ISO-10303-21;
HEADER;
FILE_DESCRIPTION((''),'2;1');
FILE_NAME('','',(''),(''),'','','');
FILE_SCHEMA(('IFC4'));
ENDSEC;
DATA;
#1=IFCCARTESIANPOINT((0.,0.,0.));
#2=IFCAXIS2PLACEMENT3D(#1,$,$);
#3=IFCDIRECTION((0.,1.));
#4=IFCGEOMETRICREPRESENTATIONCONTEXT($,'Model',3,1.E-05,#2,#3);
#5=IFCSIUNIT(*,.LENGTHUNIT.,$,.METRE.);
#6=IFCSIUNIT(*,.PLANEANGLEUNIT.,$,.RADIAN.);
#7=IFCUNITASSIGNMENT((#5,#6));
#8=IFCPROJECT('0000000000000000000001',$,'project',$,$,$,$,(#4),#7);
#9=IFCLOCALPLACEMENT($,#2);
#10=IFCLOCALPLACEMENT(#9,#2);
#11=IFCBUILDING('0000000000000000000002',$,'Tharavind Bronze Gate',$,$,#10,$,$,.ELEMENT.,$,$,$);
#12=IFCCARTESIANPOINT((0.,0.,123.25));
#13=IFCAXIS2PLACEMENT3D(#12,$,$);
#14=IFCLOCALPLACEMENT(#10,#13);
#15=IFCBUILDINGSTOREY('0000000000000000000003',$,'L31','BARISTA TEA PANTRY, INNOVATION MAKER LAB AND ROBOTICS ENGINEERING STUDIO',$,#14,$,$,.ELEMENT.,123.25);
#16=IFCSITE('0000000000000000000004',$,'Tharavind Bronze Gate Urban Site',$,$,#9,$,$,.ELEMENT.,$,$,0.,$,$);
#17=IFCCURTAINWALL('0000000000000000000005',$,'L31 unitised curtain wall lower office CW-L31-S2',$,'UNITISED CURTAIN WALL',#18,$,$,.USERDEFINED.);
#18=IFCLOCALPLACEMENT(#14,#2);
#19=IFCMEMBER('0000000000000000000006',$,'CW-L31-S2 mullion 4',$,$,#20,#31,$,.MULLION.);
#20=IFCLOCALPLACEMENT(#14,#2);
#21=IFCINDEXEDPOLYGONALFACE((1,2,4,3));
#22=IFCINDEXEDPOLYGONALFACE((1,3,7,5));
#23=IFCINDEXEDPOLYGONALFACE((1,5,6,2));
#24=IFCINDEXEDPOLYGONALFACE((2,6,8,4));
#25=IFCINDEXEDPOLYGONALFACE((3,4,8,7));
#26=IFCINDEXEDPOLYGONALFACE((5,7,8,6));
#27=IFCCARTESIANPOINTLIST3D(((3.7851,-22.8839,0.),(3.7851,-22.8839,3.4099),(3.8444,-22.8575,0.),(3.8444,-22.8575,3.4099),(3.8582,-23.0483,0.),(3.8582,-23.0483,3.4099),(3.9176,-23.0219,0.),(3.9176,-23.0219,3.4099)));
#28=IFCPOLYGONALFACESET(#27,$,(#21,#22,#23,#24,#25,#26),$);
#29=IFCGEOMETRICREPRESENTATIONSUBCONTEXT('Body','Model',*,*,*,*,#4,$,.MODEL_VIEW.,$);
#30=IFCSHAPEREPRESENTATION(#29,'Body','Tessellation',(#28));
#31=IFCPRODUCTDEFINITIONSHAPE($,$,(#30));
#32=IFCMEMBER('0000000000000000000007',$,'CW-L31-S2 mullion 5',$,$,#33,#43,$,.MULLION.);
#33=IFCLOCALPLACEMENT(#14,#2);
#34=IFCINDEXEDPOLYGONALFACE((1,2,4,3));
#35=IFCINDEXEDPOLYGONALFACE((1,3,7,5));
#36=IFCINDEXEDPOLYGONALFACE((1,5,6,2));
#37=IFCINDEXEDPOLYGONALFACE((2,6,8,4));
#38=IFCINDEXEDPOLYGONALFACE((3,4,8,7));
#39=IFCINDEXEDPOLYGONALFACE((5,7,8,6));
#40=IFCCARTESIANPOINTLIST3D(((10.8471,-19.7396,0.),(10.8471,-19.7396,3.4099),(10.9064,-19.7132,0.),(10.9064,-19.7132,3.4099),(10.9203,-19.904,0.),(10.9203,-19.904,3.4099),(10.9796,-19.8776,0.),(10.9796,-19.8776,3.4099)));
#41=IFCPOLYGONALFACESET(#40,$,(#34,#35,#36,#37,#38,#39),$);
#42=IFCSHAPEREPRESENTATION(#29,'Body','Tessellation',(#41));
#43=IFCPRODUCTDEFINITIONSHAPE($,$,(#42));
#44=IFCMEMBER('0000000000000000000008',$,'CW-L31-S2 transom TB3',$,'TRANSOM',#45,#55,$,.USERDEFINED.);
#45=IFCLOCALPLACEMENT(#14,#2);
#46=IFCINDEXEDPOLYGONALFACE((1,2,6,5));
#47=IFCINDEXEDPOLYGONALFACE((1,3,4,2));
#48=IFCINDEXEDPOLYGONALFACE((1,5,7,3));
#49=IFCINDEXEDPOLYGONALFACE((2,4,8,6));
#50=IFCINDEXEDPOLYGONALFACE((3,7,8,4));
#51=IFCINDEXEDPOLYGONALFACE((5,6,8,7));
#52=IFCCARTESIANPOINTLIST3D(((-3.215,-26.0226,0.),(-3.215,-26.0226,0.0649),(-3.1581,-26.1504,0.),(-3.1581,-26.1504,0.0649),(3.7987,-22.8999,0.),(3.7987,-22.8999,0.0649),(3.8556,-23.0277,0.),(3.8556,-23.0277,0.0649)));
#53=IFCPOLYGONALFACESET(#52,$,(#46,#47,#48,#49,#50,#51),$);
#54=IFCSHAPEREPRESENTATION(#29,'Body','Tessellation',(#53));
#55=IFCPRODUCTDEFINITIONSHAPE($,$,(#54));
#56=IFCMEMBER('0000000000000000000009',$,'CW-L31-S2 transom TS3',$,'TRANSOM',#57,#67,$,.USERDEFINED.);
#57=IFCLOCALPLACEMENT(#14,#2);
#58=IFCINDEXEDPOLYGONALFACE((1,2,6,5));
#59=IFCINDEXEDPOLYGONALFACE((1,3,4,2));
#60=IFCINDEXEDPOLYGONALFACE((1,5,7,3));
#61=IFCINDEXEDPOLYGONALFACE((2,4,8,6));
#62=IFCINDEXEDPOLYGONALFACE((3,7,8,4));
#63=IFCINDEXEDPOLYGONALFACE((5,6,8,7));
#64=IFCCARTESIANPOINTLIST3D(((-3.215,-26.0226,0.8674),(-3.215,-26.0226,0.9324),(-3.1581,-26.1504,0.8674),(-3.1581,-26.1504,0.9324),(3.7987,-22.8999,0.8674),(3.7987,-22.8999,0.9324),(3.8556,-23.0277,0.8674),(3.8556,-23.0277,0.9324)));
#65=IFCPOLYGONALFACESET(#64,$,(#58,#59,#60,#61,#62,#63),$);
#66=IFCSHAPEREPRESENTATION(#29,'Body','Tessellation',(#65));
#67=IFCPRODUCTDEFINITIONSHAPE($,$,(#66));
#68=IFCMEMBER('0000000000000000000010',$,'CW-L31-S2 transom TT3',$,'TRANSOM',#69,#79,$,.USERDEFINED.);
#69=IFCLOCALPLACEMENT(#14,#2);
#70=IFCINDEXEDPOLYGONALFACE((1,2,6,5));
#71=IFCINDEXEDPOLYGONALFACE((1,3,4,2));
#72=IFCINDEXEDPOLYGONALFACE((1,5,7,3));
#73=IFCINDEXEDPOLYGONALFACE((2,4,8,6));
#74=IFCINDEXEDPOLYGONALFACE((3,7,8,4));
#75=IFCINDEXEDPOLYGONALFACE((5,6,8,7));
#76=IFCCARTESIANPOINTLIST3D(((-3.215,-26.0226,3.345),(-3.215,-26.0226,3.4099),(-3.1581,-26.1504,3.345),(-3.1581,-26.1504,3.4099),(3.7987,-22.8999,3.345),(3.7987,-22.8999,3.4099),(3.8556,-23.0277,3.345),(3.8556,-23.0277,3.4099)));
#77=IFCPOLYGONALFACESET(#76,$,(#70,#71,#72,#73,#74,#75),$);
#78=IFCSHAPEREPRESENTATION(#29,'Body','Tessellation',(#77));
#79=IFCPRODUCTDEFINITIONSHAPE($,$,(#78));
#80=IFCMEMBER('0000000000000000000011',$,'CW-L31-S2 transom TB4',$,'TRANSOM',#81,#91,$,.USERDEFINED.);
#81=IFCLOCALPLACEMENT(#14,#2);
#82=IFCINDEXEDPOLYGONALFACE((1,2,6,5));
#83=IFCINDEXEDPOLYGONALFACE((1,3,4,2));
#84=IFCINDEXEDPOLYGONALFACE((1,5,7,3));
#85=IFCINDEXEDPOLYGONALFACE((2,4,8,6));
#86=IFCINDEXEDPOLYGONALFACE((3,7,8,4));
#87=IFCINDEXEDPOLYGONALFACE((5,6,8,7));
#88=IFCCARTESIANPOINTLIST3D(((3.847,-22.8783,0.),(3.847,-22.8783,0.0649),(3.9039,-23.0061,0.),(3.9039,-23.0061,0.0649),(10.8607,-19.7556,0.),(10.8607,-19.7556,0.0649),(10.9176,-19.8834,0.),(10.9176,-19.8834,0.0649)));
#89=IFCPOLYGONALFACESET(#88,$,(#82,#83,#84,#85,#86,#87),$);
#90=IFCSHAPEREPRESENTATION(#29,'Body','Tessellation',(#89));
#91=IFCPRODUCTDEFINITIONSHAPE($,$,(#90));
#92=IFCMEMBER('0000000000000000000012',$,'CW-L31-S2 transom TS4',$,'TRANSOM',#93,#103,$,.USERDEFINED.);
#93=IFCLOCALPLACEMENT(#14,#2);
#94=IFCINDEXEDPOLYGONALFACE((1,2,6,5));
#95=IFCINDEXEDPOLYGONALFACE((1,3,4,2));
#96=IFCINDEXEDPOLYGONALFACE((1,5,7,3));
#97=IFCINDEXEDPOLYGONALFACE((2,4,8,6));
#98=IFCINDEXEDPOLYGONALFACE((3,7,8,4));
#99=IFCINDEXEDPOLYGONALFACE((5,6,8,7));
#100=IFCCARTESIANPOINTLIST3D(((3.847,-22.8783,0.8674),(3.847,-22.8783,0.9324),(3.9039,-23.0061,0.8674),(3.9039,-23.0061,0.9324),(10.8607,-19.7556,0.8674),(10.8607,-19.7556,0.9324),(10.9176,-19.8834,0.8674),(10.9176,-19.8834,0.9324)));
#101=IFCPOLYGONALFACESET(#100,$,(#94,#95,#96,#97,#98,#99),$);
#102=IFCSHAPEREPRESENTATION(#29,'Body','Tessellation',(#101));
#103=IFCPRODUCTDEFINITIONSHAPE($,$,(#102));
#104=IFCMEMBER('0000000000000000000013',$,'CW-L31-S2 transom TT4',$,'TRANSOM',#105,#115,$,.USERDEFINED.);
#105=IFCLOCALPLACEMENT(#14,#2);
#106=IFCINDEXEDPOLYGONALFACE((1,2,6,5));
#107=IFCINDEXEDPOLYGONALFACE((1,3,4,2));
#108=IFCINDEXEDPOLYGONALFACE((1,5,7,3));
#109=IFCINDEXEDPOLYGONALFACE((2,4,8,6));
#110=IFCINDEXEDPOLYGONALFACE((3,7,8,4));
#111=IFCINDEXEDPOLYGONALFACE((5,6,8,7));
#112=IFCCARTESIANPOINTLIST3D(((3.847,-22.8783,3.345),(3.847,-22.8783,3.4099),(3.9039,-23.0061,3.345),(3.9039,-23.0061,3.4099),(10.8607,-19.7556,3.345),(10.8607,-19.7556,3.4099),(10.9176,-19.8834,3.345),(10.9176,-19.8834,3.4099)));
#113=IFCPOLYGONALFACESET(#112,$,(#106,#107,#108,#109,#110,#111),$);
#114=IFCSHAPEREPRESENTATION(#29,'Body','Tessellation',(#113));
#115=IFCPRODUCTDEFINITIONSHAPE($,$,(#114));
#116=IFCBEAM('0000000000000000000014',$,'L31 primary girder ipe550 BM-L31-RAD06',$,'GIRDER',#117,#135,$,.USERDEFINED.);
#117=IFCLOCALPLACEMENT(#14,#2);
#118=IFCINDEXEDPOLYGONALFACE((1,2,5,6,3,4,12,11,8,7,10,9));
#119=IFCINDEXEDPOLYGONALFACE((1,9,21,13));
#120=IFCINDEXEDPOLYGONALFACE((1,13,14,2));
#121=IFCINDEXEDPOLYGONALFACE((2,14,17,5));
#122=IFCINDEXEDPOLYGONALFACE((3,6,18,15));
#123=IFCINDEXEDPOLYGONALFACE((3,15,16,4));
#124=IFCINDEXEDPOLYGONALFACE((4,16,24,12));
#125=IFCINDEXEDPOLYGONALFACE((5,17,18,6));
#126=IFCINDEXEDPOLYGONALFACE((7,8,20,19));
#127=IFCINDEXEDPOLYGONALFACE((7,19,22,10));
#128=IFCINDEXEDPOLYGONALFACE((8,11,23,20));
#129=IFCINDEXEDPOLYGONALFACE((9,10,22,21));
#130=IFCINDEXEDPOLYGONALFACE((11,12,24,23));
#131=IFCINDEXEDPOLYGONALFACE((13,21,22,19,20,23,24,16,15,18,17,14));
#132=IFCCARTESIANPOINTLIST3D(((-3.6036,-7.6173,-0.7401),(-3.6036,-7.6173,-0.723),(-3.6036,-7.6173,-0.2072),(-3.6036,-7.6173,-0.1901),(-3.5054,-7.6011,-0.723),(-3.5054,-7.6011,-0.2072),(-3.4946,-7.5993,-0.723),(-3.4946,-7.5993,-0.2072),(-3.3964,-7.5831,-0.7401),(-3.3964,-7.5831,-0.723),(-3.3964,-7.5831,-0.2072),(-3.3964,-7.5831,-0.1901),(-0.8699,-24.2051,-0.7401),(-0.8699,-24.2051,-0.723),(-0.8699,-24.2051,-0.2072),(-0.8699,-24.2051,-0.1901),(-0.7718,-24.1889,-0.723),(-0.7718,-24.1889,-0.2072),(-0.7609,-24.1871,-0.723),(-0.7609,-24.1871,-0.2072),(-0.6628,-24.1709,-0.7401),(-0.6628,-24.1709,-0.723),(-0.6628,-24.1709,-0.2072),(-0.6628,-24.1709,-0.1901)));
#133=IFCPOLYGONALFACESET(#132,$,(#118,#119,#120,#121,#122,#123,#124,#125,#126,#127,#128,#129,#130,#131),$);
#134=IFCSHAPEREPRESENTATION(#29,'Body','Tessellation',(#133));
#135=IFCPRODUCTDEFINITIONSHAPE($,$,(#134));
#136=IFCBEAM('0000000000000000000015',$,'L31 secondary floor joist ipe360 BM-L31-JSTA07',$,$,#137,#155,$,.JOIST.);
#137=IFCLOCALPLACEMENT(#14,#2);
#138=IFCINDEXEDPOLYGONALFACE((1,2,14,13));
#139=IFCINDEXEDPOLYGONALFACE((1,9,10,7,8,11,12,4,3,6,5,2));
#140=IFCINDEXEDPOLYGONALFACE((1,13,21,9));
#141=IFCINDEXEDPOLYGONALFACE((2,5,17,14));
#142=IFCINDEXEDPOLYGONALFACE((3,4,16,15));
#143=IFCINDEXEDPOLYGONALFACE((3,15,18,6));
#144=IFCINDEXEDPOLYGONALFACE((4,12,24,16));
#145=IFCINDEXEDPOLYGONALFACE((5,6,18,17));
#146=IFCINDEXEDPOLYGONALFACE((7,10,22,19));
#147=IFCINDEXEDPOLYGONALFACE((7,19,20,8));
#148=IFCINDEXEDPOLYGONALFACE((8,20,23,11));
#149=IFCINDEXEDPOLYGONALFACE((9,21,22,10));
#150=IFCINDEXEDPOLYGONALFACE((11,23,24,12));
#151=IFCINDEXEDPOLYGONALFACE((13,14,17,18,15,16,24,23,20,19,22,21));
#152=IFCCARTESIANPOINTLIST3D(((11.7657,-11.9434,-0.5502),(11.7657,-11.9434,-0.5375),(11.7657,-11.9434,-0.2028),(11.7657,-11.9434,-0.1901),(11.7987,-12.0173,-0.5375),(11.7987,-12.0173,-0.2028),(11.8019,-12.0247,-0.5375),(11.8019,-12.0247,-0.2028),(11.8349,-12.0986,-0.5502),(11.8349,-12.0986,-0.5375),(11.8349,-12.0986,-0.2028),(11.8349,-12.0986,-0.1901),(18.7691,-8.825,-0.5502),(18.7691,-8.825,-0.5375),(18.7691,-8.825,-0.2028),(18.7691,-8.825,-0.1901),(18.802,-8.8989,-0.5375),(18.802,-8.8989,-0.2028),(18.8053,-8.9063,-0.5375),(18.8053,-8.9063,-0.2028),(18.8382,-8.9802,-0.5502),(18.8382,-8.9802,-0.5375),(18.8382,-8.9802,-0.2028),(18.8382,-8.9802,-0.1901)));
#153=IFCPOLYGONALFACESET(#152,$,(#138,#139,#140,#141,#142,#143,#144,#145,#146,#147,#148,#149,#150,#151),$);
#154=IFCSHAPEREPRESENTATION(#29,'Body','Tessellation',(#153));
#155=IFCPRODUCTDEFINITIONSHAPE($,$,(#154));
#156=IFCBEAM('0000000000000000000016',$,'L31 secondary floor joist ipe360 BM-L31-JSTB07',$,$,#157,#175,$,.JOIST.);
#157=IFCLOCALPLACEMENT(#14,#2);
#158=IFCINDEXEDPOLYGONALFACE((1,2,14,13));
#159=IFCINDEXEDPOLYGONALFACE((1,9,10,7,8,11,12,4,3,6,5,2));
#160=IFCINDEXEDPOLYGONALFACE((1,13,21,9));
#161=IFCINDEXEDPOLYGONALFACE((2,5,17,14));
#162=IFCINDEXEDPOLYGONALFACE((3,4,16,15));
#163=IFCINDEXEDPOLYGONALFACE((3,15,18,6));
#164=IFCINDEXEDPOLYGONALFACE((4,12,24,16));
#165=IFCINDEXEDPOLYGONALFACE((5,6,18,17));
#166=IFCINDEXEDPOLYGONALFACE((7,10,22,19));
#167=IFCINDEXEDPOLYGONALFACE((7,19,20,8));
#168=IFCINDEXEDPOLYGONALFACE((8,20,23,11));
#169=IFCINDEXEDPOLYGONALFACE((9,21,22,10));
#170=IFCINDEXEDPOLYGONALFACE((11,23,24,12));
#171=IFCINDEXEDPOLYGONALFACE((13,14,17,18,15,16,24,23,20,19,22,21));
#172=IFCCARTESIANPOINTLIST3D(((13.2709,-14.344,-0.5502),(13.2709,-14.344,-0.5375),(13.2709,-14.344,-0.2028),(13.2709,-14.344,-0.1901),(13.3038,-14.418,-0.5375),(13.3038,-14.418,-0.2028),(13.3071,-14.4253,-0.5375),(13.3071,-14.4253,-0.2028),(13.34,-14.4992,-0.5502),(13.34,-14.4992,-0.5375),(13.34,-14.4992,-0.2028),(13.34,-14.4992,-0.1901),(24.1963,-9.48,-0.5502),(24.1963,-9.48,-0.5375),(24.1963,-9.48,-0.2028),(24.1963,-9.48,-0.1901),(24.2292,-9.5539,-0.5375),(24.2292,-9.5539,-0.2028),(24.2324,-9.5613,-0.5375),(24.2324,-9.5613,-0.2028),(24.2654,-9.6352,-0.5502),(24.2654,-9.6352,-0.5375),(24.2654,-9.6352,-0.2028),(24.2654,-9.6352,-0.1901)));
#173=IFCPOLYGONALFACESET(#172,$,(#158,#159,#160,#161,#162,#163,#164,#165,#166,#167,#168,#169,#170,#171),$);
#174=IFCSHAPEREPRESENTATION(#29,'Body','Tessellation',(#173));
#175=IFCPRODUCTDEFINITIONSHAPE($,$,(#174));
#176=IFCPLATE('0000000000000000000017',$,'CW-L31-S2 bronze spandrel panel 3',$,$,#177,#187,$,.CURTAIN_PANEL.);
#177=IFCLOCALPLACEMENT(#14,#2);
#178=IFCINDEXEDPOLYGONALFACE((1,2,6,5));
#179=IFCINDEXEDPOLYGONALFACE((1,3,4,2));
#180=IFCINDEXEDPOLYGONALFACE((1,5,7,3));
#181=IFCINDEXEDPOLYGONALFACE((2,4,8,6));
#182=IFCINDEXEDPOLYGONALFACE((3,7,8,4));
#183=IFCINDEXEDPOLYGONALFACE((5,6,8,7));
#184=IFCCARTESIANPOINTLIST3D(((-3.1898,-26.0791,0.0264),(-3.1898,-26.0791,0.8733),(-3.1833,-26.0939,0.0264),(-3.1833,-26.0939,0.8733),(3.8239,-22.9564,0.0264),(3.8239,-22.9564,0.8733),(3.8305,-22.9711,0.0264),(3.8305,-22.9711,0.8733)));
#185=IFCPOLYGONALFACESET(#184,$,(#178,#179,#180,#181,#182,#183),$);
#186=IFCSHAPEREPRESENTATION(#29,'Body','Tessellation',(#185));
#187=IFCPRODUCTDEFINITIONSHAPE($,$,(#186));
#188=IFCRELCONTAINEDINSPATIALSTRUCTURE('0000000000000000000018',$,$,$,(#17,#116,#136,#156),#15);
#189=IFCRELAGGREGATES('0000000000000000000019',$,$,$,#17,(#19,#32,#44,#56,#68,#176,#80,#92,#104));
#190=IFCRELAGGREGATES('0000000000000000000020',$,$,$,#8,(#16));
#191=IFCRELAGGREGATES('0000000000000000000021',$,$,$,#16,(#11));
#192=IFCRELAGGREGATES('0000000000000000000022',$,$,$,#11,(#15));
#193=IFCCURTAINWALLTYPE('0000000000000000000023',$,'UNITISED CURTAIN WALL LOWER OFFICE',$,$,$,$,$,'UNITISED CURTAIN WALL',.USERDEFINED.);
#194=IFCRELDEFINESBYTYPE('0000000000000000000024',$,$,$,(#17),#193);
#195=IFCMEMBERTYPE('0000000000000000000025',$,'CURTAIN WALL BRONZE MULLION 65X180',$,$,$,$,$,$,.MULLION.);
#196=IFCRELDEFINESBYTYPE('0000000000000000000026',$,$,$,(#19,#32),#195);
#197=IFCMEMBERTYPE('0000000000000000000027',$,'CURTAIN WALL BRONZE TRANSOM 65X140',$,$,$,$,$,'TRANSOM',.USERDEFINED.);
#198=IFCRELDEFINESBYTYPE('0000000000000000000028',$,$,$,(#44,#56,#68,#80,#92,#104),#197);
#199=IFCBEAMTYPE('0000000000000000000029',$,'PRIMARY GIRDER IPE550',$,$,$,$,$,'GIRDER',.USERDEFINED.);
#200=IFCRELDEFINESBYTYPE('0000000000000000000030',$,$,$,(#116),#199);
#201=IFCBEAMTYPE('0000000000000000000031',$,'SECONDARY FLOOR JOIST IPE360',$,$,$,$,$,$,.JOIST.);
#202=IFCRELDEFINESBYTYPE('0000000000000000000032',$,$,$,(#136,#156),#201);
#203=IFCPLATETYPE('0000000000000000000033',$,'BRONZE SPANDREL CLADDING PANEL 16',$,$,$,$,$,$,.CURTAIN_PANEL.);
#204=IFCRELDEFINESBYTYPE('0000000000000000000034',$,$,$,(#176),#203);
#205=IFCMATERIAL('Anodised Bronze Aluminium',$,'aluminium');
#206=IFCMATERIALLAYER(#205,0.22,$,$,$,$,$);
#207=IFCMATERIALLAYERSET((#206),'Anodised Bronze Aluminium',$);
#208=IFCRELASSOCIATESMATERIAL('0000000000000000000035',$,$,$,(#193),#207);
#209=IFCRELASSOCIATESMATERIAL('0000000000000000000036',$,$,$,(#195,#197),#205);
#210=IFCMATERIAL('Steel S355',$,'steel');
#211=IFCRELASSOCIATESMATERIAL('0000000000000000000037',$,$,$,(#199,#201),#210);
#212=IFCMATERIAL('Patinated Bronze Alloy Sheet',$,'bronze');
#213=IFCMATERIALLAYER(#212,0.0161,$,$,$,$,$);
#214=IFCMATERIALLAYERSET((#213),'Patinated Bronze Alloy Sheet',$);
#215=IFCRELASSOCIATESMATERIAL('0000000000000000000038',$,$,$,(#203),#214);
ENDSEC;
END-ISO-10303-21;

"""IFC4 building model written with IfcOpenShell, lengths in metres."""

from ifc_helpers import new_model, si_unit, direction, frame, origin, origin_2d, place, context, subcontext, project, spatial, rectangle, i_section, extrude, material, layer, layer_set, material_profile, profile_set, type_object, element, aggregate, save


model = new_model("IFC4")

# Units and contexts
model_context = context("Model", 3, precision=1e-05, world=origin(), true_north=direction((0.0, 1.0)))
body_context = subcontext(model_context, "Body", "Model", "MODEL_VIEW")
ifc_project = project(units=[si_unit("LENGTHUNIT", "METRE"), si_unit("PLANEANGLEUNIT", "RADIAN")], contexts=[model_context])

# Site, building, storey
site_placement = place(None, origin())
site = spatial("IfcSite", under=ifc_project, at=site_placement, Name="Tharavind Bronze Gate Urban Site", CompositionType="ELEMENT", RefElevation=0.0)
building_placement = place(site_placement, origin())
building = spatial("IfcBuilding", under=site, at=building_placement, Name="Tharavind Bronze Gate", CompositionType="ELEMENT")
storey_placement = place(building_placement, frame((0.0, 0.0, 123.25)))
storey = spatial("IfcBuildingStorey", under=building, at=storey_placement, Name="L31", Description="BARISTA TEA PANTRY, INNOVATION MAKER LAB AND ROBOTICS ENGINEERING STUDIO", CompositionType="ELEMENT", Elevation=123.25)

# Curtain wall, members
ifc_material_1 = material(Name="Anodised Bronze Aluminium", Category="aluminium")
ifc_layer_1 = layer(ifc_material_1, 0.22)
ifc_layer_set_1 = layer_set([ifc_layer_1], Name="Anodised Bronze Aluminium")
curtain_wall_type = type_object("IfcCurtainWallType", Name="UNITISED CURTAIN WALL LOWER OFFICE", ElementType="UNITISED CURTAIN WALL", PredefinedType="USERDEFINED", material=ifc_layer_set_1)
curtain_wall_placement = place(storey_placement, origin())
curtain_wall = element("IfcCurtainWall", 1, at=curtain_wall_placement, inside=storey, type_object=curtain_wall_type, Name="L31 unitised curtain wall lower office CW-L31-S2", ObjectType="UNITISED CURTAIN WALL", PredefinedType="USERDEFINED")
member_type_1 = type_object("IfcMemberType", Name="CURTAIN WALL BRONZE MULLION 65X180", PredefinedType="MULLION", material=ifc_material_1)
member_1_placement = place(storey_placement, frame((3.8513, -22.9529, 0.0), z_axis=(0.0, 0.0, 1.0), x_axis=(0.913545, 0.406737, 0.0)))
member_1 = element("IfcMember", 2, at=member_1_placement, type_object=member_type_1, Name="CW-L31-S2 mullion 4", PredefinedType="MULLION", context=body_context, shape_type="SweptSolid", body=[
    extrude(rectangle(XDim=0.0649, YDim=0.1799, at=origin_2d()), origin(), (0.0, 0.0, 1.0), 3.4099),
])
member_2_placement = place(storey_placement, frame((10.9133, -19.8086, 0.0), z_axis=(0.0, 0.0, 1.0), x_axis=(0.913545, 0.406737, 0.0)))
member_2 = element("IfcMember", 3, at=member_2_placement, type_object=member_type_1, Name="CW-L31-S2 mullion 5", PredefinedType="MULLION", context=body_context, shape_type="SweptSolid", body=[
    extrude(rectangle(XDim=0.0649, YDim=0.1799, at=origin_2d()), origin(), (0.0, 0.0, 1.0), 3.4099),
])
member_type_2 = type_object("IfcMemberType", Name="CURTAIN WALL BRONZE TRANSOM 65X140", ElementType="TRANSOM", PredefinedType="USERDEFINED", material=ifc_material_1)
member_3_placement = place(storey_placement, frame((0.3203, -24.5251, 0.0), z_axis=(0.0, 0.0, 1.0), x_axis=(0.913545, 0.406737, 0.0)))
member_3 = element("IfcMember", 4, at=member_3_placement, type_object=member_type_2, Name="CW-L31-S2 transom TB3", ObjectType="TRANSOM", PredefinedType="USERDEFINED", context=body_context, shape_type="SweptSolid", body=[
    extrude(rectangle(XDim=7.6775, YDim=0.1399, at=origin_2d()), origin(), (0.0, 0.0, 1.0), 0.0649),
])
member_4_placement = place(storey_placement, frame((0.3203, -24.5251, 0.8674), z_axis=(0.0, 0.0, 1.0), x_axis=(0.913545, 0.406737, 0.0)))
member_4 = element("IfcMember", 5, at=member_4_placement, type_object=member_type_2, Name="CW-L31-S2 transom TS3", ObjectType="TRANSOM", PredefinedType="USERDEFINED", context=body_context, shape_type="SweptSolid", body=[
    extrude(rectangle(XDim=7.6775, YDim=0.1399, at=origin_2d()), origin(), (0.0, 0.0, 1.0), 0.0649),
])
member_5_placement = place(storey_placement, frame((0.3203, -24.5251, 3.345), z_axis=(0.0, 0.0, 1.0), x_axis=(0.913545, 0.406737, 0.0)))
member_5 = element("IfcMember", 6, at=member_5_placement, type_object=member_type_2, Name="CW-L31-S2 transom TT3", ObjectType="TRANSOM", PredefinedType="USERDEFINED", context=body_context, shape_type="SweptSolid", body=[
    extrude(rectangle(XDim=7.6775, YDim=0.1399, at=origin_2d()), origin(), (0.0, 0.0, 1.0), 0.0649),
])
member_6_placement = place(storey_placement, frame((7.3823, -21.3809, 0.0), z_axis=(0.0, 0.0, 1.0), x_axis=(0.913545, 0.406737, 0.0)))
member_6 = element("IfcMember", 7, at=member_6_placement, type_object=member_type_2, Name="CW-L31-S2 transom TB4", ObjectType="TRANSOM", PredefinedType="USERDEFINED", context=body_context, shape_type="SweptSolid", body=[
    extrude(rectangle(XDim=7.6775, YDim=0.1399, at=origin_2d()), origin(), (0.0, 0.0, 1.0), 0.0649),
])
member_7_placement = place(storey_placement, frame((7.3823, -21.3809, 0.8674), z_axis=(0.0, 0.0, 1.0), x_axis=(0.913545, 0.406737, 0.0)))
member_7 = element("IfcMember", 8, at=member_7_placement, type_object=member_type_2, Name="CW-L31-S2 transom TS4", ObjectType="TRANSOM", PredefinedType="USERDEFINED", context=body_context, shape_type="SweptSolid", body=[
    extrude(rectangle(XDim=7.6775, YDim=0.1399, at=origin_2d()), origin(), (0.0, 0.0, 1.0), 0.0649),
])
member_8_placement = place(storey_placement, frame((7.3823, -21.3809, 3.345), z_axis=(0.0, 0.0, 1.0), x_axis=(0.913545, 0.406737, 0.0)))
member_8 = element("IfcMember", 9, at=member_8_placement, type_object=member_type_2, Name="CW-L31-S2 transom TT4", ObjectType="TRANSOM", PredefinedType="USERDEFINED", context=body_context, shape_type="SweptSolid", body=[
    extrude(rectangle(XDim=7.6775, YDim=0.1399, at=origin_2d()), origin(), (0.0, 0.0, 1.0), 0.0649),
])

# Beams
ifc_material_2 = material(Name="Steel S355", Category="steel")
ifc_material_profile_1 = material_profile(ifc_material_2, i_section(OverallWidth=0.21, OverallDepth=0.55, WebThickness=0.011, FlangeThickness=0.0171, at=origin_2d()), Name="IPE550")
ifc_profile_set_1 = profile_set([ifc_material_profile_1], Name="Steel S355")
beam_type_1 = type_object("IfcBeamType", Name="PRIMARY GIRDER IPE550", ElementType="GIRDER", PredefinedType="USERDEFINED", material=ifc_profile_set_1)
beam_1_placement = place(storey_placement, frame((-0.7664, -24.188, -0.4651), z_axis=(-0.162604, 0.986691, 0.0), x_axis=(-0.986691, -0.162604, 0.0)))
element("IfcBeam", 10, at=beam_1_placement, inside=storey, type_object=beam_type_1, Name="L31 primary girder ipe550 BM-L31-RAD06", ObjectType="GIRDER", PredefinedType="USERDEFINED", context=body_context, shape_type="SweptSolid", body=[
    extrude(i_section(OverallWidth=0.21, OverallDepth=0.55, WebThickness=0.011, FlangeThickness=0.0171, at=origin_2d()), origin(), (0.0, 0.0, 1.0), 16.8115),
])
ifc_material_profile_2 = material_profile(ifc_material_2, i_section(OverallWidth=0.1699, OverallDepth=0.3601, WebThickness=0.0081, FlangeThickness=0.0127, at=origin_2d()), Name="IPE360")
ifc_profile_set_2 = profile_set([ifc_material_profile_2], Name="Steel S355")
beam_type_2 = type_object("IfcBeamType", Name="SECONDARY FLOOR JOIST IPE360", PredefinedType="JOIST", material=ifc_profile_set_2)
beam_2_placement = place(storey_placement, frame((11.8003, -12.021, -0.3701), z_axis=(0.913532, 0.406768, 0.0), x_axis=(-0.406768, 0.913532, 0.0)))
element("IfcBeam", 11, at=beam_2_placement, inside=storey, type_object=beam_type_2, Name="L31 secondary floor joist ipe360 BM-L31-JSTA07", PredefinedType="JOIST", context=body_context, shape_type="SweptSolid", body=[
    extrude(i_section(OverallWidth=0.1699, OverallDepth=0.3601, WebThickness=0.0081, FlangeThickness=0.0127, at=origin_2d()), origin(), (0.0, 0.0, 1.0), 7.6663),
])
beam_3_placement = place(storey_placement, frame((13.3054, -14.4216, -0.3701), z_axis=(0.913553, 0.40672, 0.0), x_axis=(-0.40672, 0.913553, 0.0)))
element("IfcBeam", 12, at=beam_3_placement, inside=storey, type_object=beam_type_2, Name="L31 secondary floor joist ipe360 BM-L31-JSTB07", PredefinedType="JOIST", context=body_context, shape_type="SweptSolid", body=[
    extrude(i_section(OverallWidth=0.1699, OverallDepth=0.3601, WebThickness=0.0081, FlangeThickness=0.0127, at=origin_2d()), origin(), (0.0, 0.0, 1.0), 11.9592),
])

# Plate
ifc_material_3 = material(Name="Patinated Bronze Alloy Sheet", Category="bronze")
ifc_layer_2 = layer(ifc_material_3, 0.0161)
ifc_layer_set_2 = layer_set([ifc_layer_2], Name="Patinated Bronze Alloy Sheet")
plate_type_1 = type_object("IfcPlateType", Name="BRONZE SPANDREL CLADDING PANEL 16", PredefinedType="CURTAIN_PANEL", material=ifc_layer_set_2)
plate_1_placement = place(storey_placement, frame((0.3203, -24.5251, 0.0264), z_axis=(0.0, 0.0, 1.0), x_axis=(0.913545, 0.406737, 0.0)))
plate_1 = element("IfcPlate", 13, at=plate_1_placement, type_object=plate_type_1, Name="CW-L31-S2 bronze spandrel panel 3", PredefinedType="CURTAIN_PANEL", context=body_context, shape_type="SweptSolid", body=[
    extrude(rectangle(XDim=7.6775, YDim=0.0161, at=origin_2d()), origin(), (0.0, 0.0, 1.0), 0.8469),
])
aggregate(curtain_wall, [member_1, member_2, member_3, member_4, member_5, plate_1, member_6, member_7, member_8])

save(model, "model.ifc")
